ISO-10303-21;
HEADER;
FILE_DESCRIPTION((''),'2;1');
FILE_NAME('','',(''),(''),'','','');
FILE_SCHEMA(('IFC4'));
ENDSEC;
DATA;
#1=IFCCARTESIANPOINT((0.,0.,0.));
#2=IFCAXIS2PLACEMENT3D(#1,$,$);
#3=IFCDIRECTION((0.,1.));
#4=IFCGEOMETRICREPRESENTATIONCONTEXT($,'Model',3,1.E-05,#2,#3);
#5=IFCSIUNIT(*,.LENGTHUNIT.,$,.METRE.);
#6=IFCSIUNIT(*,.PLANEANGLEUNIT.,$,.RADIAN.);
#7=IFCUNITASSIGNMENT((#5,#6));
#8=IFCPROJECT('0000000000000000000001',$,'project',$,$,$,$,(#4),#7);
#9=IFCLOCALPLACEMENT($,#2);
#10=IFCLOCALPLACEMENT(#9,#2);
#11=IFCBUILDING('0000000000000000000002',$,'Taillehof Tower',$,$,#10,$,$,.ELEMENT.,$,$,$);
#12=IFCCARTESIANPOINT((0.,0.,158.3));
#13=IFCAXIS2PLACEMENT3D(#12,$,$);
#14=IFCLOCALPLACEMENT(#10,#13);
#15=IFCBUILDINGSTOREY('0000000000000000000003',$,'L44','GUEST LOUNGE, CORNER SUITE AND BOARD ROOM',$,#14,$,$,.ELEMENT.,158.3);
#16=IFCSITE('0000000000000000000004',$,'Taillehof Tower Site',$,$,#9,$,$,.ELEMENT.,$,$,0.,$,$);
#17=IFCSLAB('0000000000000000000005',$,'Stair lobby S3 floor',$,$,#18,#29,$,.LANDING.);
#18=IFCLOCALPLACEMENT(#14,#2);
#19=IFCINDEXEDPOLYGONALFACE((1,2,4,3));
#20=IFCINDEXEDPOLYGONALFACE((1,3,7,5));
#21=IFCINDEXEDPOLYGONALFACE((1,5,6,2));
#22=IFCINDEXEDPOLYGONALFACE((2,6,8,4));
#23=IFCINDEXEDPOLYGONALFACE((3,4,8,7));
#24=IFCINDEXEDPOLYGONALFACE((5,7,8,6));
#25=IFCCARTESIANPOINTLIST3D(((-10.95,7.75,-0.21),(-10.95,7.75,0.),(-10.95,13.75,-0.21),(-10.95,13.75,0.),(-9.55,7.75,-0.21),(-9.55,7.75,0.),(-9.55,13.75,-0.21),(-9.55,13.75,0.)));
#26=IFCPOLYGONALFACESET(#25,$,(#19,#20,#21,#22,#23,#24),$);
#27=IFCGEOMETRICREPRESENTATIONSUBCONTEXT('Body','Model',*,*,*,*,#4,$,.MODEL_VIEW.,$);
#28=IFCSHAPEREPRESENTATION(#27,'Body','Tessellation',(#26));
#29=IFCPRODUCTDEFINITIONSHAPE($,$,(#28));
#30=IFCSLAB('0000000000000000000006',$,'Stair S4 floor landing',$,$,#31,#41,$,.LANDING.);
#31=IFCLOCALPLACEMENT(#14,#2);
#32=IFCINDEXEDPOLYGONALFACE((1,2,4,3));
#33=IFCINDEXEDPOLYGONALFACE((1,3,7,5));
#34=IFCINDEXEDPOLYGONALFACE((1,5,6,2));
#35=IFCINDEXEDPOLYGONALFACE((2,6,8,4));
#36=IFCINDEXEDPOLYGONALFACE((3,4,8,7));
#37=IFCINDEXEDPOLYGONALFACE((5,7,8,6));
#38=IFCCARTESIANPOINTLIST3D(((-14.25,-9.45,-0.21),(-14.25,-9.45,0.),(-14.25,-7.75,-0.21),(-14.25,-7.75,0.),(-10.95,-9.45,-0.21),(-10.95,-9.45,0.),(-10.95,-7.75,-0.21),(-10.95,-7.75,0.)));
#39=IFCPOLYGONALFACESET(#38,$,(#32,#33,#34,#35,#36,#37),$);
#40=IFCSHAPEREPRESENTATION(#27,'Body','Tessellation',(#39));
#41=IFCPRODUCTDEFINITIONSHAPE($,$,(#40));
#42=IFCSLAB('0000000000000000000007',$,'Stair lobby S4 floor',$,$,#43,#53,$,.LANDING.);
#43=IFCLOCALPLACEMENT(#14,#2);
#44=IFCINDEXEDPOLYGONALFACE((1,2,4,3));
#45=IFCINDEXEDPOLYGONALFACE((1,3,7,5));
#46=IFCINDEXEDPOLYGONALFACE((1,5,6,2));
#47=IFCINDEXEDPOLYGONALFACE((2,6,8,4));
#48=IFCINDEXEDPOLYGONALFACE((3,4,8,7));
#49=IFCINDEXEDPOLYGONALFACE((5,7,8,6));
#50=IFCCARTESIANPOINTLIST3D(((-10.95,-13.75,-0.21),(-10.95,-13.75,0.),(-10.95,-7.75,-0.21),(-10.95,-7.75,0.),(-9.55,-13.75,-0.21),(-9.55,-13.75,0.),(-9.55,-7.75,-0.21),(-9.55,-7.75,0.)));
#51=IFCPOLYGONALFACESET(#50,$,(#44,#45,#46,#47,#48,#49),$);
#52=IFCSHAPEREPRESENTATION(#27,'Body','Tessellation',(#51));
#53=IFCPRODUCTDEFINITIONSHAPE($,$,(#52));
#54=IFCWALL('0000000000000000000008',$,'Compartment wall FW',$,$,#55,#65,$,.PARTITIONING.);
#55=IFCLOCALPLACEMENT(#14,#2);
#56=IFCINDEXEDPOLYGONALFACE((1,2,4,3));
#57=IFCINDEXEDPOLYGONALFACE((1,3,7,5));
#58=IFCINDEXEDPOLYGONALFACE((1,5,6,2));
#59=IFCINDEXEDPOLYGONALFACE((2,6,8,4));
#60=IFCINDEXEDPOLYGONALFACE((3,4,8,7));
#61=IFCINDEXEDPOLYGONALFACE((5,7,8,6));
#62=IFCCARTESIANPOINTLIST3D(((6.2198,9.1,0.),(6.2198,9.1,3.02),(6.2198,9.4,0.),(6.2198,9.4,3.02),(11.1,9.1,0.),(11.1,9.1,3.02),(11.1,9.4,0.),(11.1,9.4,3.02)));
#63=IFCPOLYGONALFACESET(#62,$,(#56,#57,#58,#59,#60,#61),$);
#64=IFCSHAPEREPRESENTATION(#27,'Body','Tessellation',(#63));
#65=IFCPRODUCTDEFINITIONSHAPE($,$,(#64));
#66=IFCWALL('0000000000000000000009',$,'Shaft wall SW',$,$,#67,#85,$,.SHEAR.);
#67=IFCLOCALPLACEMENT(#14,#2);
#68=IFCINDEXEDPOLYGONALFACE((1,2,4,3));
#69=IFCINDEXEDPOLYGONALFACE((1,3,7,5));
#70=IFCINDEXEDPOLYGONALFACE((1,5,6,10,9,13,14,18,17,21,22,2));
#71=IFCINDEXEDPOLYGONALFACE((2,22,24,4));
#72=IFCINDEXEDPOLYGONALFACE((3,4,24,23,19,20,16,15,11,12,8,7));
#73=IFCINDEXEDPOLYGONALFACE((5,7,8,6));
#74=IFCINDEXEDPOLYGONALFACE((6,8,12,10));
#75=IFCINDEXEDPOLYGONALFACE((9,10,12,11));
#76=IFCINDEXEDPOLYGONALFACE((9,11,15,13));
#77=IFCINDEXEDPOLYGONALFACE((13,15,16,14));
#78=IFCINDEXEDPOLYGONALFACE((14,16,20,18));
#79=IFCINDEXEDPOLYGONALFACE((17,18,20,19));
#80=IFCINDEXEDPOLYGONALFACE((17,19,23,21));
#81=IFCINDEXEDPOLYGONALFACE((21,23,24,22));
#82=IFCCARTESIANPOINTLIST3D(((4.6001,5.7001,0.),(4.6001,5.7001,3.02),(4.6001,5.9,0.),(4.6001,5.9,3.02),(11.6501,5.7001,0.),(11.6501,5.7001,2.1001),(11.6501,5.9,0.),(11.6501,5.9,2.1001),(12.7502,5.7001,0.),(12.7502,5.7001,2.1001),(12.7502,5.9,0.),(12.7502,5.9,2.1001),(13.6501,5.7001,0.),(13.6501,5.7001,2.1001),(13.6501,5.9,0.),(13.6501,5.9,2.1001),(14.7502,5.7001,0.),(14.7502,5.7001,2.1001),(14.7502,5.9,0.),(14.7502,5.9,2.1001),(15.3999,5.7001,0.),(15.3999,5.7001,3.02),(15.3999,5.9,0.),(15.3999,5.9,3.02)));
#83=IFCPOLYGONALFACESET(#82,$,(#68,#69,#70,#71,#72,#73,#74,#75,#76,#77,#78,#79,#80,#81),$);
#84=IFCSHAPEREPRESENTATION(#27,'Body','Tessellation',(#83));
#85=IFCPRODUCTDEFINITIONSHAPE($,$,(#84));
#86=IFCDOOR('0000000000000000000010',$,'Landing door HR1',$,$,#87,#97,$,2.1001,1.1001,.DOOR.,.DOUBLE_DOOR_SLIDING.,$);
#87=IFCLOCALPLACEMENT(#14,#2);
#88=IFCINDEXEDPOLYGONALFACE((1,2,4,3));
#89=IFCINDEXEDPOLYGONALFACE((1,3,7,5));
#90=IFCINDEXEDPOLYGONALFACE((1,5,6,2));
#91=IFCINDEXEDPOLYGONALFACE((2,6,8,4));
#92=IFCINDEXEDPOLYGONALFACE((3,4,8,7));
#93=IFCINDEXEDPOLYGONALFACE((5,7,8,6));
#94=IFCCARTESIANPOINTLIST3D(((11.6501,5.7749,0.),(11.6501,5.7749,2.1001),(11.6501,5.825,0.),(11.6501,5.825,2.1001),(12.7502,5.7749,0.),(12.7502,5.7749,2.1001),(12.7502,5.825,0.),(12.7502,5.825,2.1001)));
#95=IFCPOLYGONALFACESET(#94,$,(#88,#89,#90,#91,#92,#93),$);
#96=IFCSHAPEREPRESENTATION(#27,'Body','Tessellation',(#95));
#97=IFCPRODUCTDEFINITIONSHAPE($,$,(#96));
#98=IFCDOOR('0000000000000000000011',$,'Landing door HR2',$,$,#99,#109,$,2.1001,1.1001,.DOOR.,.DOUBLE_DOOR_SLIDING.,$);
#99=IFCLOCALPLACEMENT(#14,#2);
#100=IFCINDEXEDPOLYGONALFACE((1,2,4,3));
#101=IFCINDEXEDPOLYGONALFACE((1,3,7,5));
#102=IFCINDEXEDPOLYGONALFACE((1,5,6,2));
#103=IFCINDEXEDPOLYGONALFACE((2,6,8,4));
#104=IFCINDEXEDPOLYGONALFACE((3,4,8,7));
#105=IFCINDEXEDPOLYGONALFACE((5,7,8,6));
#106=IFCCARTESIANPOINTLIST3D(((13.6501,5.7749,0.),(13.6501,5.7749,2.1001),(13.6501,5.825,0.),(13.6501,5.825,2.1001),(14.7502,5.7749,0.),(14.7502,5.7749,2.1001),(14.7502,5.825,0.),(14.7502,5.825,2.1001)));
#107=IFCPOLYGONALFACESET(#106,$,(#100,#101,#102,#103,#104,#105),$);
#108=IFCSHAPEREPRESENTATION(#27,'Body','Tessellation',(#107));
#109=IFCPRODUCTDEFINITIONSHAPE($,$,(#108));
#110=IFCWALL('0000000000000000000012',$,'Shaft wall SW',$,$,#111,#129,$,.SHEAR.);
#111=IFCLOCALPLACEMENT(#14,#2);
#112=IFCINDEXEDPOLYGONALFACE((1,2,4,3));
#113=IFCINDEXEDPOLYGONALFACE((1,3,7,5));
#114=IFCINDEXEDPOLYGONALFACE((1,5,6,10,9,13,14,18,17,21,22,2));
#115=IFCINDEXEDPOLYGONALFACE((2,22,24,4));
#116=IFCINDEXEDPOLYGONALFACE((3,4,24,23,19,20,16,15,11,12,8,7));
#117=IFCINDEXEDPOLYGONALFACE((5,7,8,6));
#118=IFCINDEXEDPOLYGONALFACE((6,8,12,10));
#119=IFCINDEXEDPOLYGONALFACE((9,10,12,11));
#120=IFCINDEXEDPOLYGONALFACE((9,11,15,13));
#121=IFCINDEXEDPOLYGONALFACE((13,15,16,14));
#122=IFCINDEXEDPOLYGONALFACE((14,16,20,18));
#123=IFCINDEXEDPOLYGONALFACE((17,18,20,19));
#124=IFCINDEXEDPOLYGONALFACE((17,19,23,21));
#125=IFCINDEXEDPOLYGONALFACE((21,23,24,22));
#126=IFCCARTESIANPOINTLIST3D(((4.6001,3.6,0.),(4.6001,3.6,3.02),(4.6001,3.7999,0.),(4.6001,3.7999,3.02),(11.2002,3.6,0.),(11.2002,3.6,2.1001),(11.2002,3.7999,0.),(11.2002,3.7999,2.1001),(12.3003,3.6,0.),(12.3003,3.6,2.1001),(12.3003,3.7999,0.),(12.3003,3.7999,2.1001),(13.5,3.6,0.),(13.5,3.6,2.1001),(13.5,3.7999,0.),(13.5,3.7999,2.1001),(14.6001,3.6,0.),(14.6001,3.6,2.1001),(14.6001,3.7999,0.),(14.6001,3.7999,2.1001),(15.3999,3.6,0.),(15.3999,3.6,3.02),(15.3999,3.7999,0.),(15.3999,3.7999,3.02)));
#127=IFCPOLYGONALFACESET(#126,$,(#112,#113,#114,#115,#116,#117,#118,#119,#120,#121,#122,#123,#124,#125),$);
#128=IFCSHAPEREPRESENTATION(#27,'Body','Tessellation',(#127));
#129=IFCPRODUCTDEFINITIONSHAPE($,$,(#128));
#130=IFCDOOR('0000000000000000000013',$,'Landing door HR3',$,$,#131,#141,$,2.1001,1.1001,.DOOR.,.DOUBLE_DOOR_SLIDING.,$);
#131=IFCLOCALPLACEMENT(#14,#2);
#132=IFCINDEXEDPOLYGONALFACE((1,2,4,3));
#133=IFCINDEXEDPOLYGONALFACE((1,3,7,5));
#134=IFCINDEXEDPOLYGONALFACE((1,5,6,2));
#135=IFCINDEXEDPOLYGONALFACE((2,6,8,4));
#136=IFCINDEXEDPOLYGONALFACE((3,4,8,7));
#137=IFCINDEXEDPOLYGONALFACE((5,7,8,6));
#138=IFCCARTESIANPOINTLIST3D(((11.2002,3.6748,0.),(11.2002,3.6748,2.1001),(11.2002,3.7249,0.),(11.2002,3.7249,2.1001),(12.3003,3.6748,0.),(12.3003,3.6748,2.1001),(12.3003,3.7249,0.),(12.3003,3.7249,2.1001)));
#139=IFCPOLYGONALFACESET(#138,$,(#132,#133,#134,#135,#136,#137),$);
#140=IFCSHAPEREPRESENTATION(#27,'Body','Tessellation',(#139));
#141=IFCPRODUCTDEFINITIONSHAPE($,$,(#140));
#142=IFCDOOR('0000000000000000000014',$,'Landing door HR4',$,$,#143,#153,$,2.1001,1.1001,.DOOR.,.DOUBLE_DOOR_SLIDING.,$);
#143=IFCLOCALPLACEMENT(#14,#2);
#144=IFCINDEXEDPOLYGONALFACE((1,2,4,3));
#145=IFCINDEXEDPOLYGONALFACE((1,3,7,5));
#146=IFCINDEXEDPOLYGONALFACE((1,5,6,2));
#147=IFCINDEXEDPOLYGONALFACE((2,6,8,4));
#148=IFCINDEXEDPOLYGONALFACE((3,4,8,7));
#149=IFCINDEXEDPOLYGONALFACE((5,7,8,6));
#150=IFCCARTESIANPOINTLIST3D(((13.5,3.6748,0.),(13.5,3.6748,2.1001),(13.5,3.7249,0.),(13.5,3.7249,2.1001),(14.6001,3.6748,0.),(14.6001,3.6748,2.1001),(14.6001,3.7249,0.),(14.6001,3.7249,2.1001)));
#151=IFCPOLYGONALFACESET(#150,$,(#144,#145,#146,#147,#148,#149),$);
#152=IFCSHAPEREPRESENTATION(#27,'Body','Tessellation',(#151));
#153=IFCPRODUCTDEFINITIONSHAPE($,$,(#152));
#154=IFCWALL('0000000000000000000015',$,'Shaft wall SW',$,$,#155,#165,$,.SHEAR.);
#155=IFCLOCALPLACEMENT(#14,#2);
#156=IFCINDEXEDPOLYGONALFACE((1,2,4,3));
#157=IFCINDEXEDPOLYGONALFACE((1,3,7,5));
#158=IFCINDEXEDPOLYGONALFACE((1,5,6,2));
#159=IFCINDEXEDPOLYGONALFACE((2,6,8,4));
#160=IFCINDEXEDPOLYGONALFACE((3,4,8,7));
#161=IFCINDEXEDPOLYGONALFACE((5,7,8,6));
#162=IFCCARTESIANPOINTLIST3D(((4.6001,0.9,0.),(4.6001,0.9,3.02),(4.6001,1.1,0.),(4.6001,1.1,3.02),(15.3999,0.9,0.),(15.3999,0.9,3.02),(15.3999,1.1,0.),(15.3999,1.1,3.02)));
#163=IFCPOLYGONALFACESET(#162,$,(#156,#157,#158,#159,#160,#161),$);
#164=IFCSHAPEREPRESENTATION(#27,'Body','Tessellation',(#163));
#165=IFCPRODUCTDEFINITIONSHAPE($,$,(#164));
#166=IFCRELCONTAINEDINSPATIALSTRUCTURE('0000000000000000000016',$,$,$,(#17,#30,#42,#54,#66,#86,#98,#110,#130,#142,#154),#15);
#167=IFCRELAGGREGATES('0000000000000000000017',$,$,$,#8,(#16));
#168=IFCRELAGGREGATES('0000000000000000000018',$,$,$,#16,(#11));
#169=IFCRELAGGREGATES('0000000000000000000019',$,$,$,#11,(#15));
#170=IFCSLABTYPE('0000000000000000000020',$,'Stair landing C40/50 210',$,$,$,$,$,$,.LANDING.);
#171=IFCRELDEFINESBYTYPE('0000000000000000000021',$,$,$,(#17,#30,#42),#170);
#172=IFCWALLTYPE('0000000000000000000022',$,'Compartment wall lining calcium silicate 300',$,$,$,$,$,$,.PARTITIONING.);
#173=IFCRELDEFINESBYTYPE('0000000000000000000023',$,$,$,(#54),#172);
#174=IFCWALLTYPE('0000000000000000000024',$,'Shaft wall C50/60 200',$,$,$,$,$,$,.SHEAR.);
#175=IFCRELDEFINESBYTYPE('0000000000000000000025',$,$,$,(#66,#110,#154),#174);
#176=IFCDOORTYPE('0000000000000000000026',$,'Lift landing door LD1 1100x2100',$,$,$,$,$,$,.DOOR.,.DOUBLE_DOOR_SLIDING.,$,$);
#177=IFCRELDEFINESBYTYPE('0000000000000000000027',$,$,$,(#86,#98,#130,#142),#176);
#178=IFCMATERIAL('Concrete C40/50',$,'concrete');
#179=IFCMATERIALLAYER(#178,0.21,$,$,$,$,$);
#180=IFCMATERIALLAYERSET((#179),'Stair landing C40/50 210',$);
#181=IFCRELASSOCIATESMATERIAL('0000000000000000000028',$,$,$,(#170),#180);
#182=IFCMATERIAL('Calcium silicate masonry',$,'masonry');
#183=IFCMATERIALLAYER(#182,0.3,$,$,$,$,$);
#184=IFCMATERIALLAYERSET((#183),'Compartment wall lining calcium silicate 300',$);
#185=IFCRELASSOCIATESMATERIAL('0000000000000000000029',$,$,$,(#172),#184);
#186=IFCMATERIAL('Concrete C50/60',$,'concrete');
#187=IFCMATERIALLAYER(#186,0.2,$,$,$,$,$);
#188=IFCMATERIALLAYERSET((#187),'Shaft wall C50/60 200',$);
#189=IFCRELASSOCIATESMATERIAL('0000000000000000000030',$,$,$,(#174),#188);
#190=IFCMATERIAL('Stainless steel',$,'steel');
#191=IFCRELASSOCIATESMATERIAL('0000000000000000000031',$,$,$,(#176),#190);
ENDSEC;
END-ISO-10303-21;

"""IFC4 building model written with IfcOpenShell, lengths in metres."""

from ifc_helpers import new_model, si_unit, direction, frame, frame_2d, origin, place, context, subcontext, project, spatial, polyline, rectangle, outline, extrude, material, layer, layer_set, type_object, element, fill, save


model = new_model("IFC4")

# Units and contexts
model_context = context("Model", 3, precision=1e-05, world=origin(), true_north=direction((0.0, 1.0)))
body_context = subcontext(model_context, "Body", "Model", "MODEL_VIEW")
ifc_project = project(units=[si_unit("LENGTHUNIT", "METRE"), si_unit("PLANEANGLEUNIT", "RADIAN")], contexts=[model_context])

# Site, building, storey
site_placement = place(None, origin())
site = spatial("IfcSite", under=ifc_project, at=site_placement, Name="Taillehof Tower Site", CompositionType="ELEMENT", RefElevation=0.0)
building_placement = place(site_placement, origin())
building = spatial("IfcBuilding", under=site, at=building_placement, Name="Taillehof Tower", CompositionType="ELEMENT")
storey_placement = place(building_placement, frame((0.0, 0.0, 158.3)))
storey = spatial("IfcBuildingStorey", under=building, at=storey_placement, Name="L44", Description="GUEST LOUNGE, CORNER SUITE AND BOARD ROOM", CompositionType="ELEMENT", Elevation=158.3)

# Shared definitions
ifc_material_1 = material(Name="Concrete C40/50", Category="concrete")
ifc_layer_1 = layer(ifc_material_1, 0.21)
ifc_layer_set_1 = layer_set([ifc_layer_1], Name="Stair landing C40/50 210")
slab_type_1 = type_object("IfcSlabType", Name="Stair landing C40/50 210", PredefinedType="LANDING", material=ifc_layer_set_1)

# Slabs
slab_1_placement = place(storey_placement, frame((0.0, 0.0, -0.21)))
element("IfcSlab", 1, at=slab_1_placement, inside=storey, type_object=slab_type_1, Name="Stair lobby S3 floor", PredefinedType="LANDING", context=body_context, shape_type="SweptSolid", body=[
    extrude(outline(polyline([(-10.95, 7.75), (-9.55, 7.75), (-9.55, 13.75), (-10.95, 13.75), (-10.95, 7.75)])), origin(), (0.0, 0.0, 1.0), 0.21),
])
slab_2_placement = place(storey_placement, frame((0.0, 0.0, -0.21)))
element("IfcSlab", 2, at=slab_2_placement, inside=storey, type_object=slab_type_1, Name="Stair S4 floor landing", PredefinedType="LANDING", context=body_context, shape_type="SweptSolid", body=[
    extrude(outline(polyline([(-14.25, -7.75), (-14.25, -9.45), (-10.95, -9.45), (-10.95, -7.75), (-14.25, -7.75)])), origin(), (0.0, 0.0, 1.0), 0.21),
])
slab_3_placement = place(storey_placement, frame((0.0, 0.0, -0.21)))
element("IfcSlab", 3, at=slab_3_placement, inside=storey, type_object=slab_type_1, Name="Stair lobby S4 floor", PredefinedType="LANDING", context=body_context, shape_type="SweptSolid", body=[
    extrude(outline(polyline([(-10.95, -13.75), (-9.55, -13.75), (-9.55, -7.75), (-10.95, -7.75), (-10.95, -13.75)])), origin(), (0.0, 0.0, 1.0), 0.21),
])

# Wall
ifc_material_2 = material(Name="Calcium silicate masonry", Category="masonry")
ifc_layer_2 = layer(ifc_material_2, 0.3)
ifc_layer_set_2 = layer_set([ifc_layer_2], Name="Compartment wall lining calcium silicate 300")
wall_type_1 = type_object("IfcWallType", Name="Compartment wall lining calcium silicate 300", PredefinedType="PARTITIONING", material=ifc_layer_set_2)
wall_1_placement = place(storey_placement, frame((6.22, 9.25, 0.0), z_axis=(0.0, 0.0, 1.0), x_axis=(1.0, 0.0, 0.0)))
element("IfcWall", 4, at=wall_1_placement, inside=storey, type_object=wall_type_1, Name="Compartment wall FW", PredefinedType="PARTITIONING", context=body_context, shape_type="SweptSolid", body=[
    extrude(rectangle(XDim=4.8801, YDim=0.3, at=frame_2d((2.4399, 0.0))), origin(), (0.0, 0.0, 1.0), 3.02),
])

# Walls, openings, doors
ifc_material_3 = material(Name="Concrete C50/60", Category="concrete")
ifc_layer_3 = layer(ifc_material_3, 0.2)
ifc_layer_set_3 = layer_set([ifc_layer_3], Name="Shaft wall C50/60 200")
wall_type_2 = type_object("IfcWallType", Name="Shaft wall C50/60 200", PredefinedType="SHEAR", material=ifc_layer_set_3)
wall_2_placement = place(storey_placement, frame((4.6001, 5.8, 0.0), z_axis=(0.0, 0.0, 1.0), x_axis=(1.0, 0.0, 0.0)))
wall_2 = element("IfcWall", 5, at=wall_2_placement, inside=storey, type_object=wall_type_2, Name="Shaft wall SW", PredefinedType="SHEAR", context=body_context, shape_type="SweptSolid", body=[
    extrude(rectangle(XDim=10.7998, YDim=0.2, at=frame_2d((5.3999, 0.0))), origin(), (0.0, 0.0, 1.0), 3.02),
])
opening_1_placement = place(wall_2_placement, frame((7.05, 0.0, 0.0)))
opening_1 = element("IfcOpeningElement", 6, at=opening_1_placement, cuts=wall_2, PredefinedType="OPENING", context=body_context, shape_type="SweptSolid", body=[
    extrude(rectangle(XDim=1.1001, YDim=2.1001, at=frame_2d((0.55, 1.05))), frame((0.0, 0.1099, 0.0), z_axis=(0.0, -1.0, 0.0), x_axis=(1.0, 0.0, 0.0)), (0.0, 0.0, 1.0), 0.22),
])
opening_2_placement = place(wall_2_placement, frame((9.05, 0.0, 0.0)))
opening_2 = element("IfcOpeningElement", 7, at=opening_2_placement, cuts=wall_2, PredefinedType="OPENING", context=body_context, shape_type="SweptSolid", body=[
    extrude(rectangle(XDim=1.1001, YDim=2.1001, at=frame_2d((0.55, 1.05))), frame((0.0, 0.1099, 0.0), z_axis=(0.0, -1.0, 0.0), x_axis=(1.0, 0.0, 0.0)), (0.0, 0.0, 1.0), 0.22),
])
ifc_material_4 = material(Name="Stainless steel", Category="steel")
door_type_1 = type_object("IfcDoorType", Name="Lift landing door LD1 1100x2100", OperationType="DOUBLE_DOOR_SLIDING", PredefinedType="DOOR", material=ifc_material_4)
door_1_placement = place(opening_1_placement, origin())
door_1 = element("IfcDoor", 8, at=door_1_placement, inside=storey, type_object=door_type_1, Name="Landing door HR1", OperationType="DOUBLE_DOOR_SLIDING", OverallHeight=2.1001, OverallWidth=1.1001, PredefinedType="DOOR", context=body_context, shape_type="SweptSolid", body=[
    extrude(rectangle(XDim=1.1001, YDim=2.1001, at=frame_2d((0.55, 1.05))), frame((0.0, 0.0249, 0.0), z_axis=(0.0, -1.0, 0.0), x_axis=(1.0, 0.0, 0.0)), (0.0, 0.0, 1.0), 0.05),
])
fill(opening_1, door_1)
door_2_placement = place(opening_2_placement, origin())
door_2 = element("IfcDoor", 9, at=door_2_placement, inside=storey, type_object=door_type_1, Name="Landing door HR2", OperationType="DOUBLE_DOOR_SLIDING", OverallHeight=2.1001, OverallWidth=1.1001, PredefinedType="DOOR", context=body_context, shape_type="SweptSolid", body=[
    extrude(rectangle(XDim=1.1001, YDim=2.1001, at=frame_2d((0.55, 1.05))), frame((0.0, 0.0249, 0.0), z_axis=(0.0, -1.0, 0.0), x_axis=(1.0, 0.0, 0.0)), (0.0, 0.0, 1.0), 0.05),
])
fill(opening_2, door_2)
wall_3_placement = place(storey_placement, frame((4.6001, 3.7, 0.0), z_axis=(0.0, 0.0, 1.0), x_axis=(1.0, 0.0, 0.0)))
wall_3 = element("IfcWall", 10, at=wall_3_placement, inside=storey, type_object=wall_type_2, Name="Shaft wall SW", PredefinedType="SHEAR", context=body_context, shape_type="SweptSolid", body=[
    extrude(rectangle(XDim=10.7998, YDim=0.2, at=frame_2d((5.3999, 0.0))), origin(), (0.0, 0.0, 1.0), 3.02),
])
opening_3_placement = place(wall_3_placement, frame((6.6001, 0.0, 0.0)))
opening_3 = element("IfcOpeningElement", 11, at=opening_3_placement, cuts=wall_3, PredefinedType="OPENING", context=body_context, shape_type="SweptSolid", body=[
    extrude(rectangle(XDim=1.1001, YDim=2.1001, at=frame_2d((0.55, 1.05))), frame((0.0, 0.1099, 0.0), z_axis=(0.0, -1.0, 0.0), x_axis=(1.0, 0.0, 0.0)), (0.0, 0.0, 1.0), 0.22),
])
opening_4_placement = place(wall_3_placement, frame((8.8999, 0.0, 0.0)))
opening_4 = element("IfcOpeningElement", 12, at=opening_4_placement, cuts=wall_3, PredefinedType="OPENING", context=body_context, shape_type="SweptSolid", body=[
    extrude(rectangle(XDim=1.1001, YDim=2.1001, at=frame_2d((0.55, 1.05))), frame((0.0, 0.1099, 0.0), z_axis=(0.0, -1.0, 0.0), x_axis=(1.0, 0.0, 0.0)), (0.0, 0.0, 1.0), 0.22),
])
door_3_placement = place(opening_3_placement, origin())
door_3 = element("IfcDoor", 13, at=door_3_placement, inside=storey, type_object=door_type_1, Name="Landing door HR3", OperationType="DOUBLE_DOOR_SLIDING", OverallHeight=2.1001, OverallWidth=1.1001, PredefinedType="DOOR", context=body_context, shape_type="SweptSolid", body=[
    extrude(rectangle(XDim=1.1001, YDim=2.1001, at=frame_2d((0.55, 1.05))), frame((0.0, 0.0249, 0.0), z_axis=(0.0, -1.0, 0.0), x_axis=(1.0, 0.0, 0.0)), (0.0, 0.0, 1.0), 0.05),
])
fill(opening_3, door_3)
door_4_placement = place(opening_4_placement, origin())
door_4 = element("IfcDoor", 14, at=door_4_placement, inside=storey, type_object=door_type_1, Name="Landing door HR4", OperationType="DOUBLE_DOOR_SLIDING", OverallHeight=2.1001, OverallWidth=1.1001, PredefinedType="DOOR", context=body_context, shape_type="SweptSolid", body=[
    extrude(rectangle(XDim=1.1001, YDim=2.1001, at=frame_2d((0.55, 1.05))), frame((0.0, 0.0249, 0.0), z_axis=(0.0, -1.0, 0.0), x_axis=(1.0, 0.0, 0.0)), (0.0, 0.0, 1.0), 0.05),
])
fill(opening_4, door_4)

# Wall
wall_4_placement = place(storey_placement, frame((4.6001, 1.0, 0.0), z_axis=(0.0, 0.0, 1.0), x_axis=(1.0, 0.0, 0.0)))
element("IfcWall", 15, at=wall_4_placement, inside=storey, type_object=wall_type_2, Name="Shaft wall SW", PredefinedType="SHEAR", context=body_context, shape_type="SweptSolid", body=[
    extrude(rectangle(XDim=10.7998, YDim=0.2, at=frame_2d((5.3999, 0.0))), origin(), (0.0, 0.0, 1.0), 3.02),
])

save(model, "model.ifc")
